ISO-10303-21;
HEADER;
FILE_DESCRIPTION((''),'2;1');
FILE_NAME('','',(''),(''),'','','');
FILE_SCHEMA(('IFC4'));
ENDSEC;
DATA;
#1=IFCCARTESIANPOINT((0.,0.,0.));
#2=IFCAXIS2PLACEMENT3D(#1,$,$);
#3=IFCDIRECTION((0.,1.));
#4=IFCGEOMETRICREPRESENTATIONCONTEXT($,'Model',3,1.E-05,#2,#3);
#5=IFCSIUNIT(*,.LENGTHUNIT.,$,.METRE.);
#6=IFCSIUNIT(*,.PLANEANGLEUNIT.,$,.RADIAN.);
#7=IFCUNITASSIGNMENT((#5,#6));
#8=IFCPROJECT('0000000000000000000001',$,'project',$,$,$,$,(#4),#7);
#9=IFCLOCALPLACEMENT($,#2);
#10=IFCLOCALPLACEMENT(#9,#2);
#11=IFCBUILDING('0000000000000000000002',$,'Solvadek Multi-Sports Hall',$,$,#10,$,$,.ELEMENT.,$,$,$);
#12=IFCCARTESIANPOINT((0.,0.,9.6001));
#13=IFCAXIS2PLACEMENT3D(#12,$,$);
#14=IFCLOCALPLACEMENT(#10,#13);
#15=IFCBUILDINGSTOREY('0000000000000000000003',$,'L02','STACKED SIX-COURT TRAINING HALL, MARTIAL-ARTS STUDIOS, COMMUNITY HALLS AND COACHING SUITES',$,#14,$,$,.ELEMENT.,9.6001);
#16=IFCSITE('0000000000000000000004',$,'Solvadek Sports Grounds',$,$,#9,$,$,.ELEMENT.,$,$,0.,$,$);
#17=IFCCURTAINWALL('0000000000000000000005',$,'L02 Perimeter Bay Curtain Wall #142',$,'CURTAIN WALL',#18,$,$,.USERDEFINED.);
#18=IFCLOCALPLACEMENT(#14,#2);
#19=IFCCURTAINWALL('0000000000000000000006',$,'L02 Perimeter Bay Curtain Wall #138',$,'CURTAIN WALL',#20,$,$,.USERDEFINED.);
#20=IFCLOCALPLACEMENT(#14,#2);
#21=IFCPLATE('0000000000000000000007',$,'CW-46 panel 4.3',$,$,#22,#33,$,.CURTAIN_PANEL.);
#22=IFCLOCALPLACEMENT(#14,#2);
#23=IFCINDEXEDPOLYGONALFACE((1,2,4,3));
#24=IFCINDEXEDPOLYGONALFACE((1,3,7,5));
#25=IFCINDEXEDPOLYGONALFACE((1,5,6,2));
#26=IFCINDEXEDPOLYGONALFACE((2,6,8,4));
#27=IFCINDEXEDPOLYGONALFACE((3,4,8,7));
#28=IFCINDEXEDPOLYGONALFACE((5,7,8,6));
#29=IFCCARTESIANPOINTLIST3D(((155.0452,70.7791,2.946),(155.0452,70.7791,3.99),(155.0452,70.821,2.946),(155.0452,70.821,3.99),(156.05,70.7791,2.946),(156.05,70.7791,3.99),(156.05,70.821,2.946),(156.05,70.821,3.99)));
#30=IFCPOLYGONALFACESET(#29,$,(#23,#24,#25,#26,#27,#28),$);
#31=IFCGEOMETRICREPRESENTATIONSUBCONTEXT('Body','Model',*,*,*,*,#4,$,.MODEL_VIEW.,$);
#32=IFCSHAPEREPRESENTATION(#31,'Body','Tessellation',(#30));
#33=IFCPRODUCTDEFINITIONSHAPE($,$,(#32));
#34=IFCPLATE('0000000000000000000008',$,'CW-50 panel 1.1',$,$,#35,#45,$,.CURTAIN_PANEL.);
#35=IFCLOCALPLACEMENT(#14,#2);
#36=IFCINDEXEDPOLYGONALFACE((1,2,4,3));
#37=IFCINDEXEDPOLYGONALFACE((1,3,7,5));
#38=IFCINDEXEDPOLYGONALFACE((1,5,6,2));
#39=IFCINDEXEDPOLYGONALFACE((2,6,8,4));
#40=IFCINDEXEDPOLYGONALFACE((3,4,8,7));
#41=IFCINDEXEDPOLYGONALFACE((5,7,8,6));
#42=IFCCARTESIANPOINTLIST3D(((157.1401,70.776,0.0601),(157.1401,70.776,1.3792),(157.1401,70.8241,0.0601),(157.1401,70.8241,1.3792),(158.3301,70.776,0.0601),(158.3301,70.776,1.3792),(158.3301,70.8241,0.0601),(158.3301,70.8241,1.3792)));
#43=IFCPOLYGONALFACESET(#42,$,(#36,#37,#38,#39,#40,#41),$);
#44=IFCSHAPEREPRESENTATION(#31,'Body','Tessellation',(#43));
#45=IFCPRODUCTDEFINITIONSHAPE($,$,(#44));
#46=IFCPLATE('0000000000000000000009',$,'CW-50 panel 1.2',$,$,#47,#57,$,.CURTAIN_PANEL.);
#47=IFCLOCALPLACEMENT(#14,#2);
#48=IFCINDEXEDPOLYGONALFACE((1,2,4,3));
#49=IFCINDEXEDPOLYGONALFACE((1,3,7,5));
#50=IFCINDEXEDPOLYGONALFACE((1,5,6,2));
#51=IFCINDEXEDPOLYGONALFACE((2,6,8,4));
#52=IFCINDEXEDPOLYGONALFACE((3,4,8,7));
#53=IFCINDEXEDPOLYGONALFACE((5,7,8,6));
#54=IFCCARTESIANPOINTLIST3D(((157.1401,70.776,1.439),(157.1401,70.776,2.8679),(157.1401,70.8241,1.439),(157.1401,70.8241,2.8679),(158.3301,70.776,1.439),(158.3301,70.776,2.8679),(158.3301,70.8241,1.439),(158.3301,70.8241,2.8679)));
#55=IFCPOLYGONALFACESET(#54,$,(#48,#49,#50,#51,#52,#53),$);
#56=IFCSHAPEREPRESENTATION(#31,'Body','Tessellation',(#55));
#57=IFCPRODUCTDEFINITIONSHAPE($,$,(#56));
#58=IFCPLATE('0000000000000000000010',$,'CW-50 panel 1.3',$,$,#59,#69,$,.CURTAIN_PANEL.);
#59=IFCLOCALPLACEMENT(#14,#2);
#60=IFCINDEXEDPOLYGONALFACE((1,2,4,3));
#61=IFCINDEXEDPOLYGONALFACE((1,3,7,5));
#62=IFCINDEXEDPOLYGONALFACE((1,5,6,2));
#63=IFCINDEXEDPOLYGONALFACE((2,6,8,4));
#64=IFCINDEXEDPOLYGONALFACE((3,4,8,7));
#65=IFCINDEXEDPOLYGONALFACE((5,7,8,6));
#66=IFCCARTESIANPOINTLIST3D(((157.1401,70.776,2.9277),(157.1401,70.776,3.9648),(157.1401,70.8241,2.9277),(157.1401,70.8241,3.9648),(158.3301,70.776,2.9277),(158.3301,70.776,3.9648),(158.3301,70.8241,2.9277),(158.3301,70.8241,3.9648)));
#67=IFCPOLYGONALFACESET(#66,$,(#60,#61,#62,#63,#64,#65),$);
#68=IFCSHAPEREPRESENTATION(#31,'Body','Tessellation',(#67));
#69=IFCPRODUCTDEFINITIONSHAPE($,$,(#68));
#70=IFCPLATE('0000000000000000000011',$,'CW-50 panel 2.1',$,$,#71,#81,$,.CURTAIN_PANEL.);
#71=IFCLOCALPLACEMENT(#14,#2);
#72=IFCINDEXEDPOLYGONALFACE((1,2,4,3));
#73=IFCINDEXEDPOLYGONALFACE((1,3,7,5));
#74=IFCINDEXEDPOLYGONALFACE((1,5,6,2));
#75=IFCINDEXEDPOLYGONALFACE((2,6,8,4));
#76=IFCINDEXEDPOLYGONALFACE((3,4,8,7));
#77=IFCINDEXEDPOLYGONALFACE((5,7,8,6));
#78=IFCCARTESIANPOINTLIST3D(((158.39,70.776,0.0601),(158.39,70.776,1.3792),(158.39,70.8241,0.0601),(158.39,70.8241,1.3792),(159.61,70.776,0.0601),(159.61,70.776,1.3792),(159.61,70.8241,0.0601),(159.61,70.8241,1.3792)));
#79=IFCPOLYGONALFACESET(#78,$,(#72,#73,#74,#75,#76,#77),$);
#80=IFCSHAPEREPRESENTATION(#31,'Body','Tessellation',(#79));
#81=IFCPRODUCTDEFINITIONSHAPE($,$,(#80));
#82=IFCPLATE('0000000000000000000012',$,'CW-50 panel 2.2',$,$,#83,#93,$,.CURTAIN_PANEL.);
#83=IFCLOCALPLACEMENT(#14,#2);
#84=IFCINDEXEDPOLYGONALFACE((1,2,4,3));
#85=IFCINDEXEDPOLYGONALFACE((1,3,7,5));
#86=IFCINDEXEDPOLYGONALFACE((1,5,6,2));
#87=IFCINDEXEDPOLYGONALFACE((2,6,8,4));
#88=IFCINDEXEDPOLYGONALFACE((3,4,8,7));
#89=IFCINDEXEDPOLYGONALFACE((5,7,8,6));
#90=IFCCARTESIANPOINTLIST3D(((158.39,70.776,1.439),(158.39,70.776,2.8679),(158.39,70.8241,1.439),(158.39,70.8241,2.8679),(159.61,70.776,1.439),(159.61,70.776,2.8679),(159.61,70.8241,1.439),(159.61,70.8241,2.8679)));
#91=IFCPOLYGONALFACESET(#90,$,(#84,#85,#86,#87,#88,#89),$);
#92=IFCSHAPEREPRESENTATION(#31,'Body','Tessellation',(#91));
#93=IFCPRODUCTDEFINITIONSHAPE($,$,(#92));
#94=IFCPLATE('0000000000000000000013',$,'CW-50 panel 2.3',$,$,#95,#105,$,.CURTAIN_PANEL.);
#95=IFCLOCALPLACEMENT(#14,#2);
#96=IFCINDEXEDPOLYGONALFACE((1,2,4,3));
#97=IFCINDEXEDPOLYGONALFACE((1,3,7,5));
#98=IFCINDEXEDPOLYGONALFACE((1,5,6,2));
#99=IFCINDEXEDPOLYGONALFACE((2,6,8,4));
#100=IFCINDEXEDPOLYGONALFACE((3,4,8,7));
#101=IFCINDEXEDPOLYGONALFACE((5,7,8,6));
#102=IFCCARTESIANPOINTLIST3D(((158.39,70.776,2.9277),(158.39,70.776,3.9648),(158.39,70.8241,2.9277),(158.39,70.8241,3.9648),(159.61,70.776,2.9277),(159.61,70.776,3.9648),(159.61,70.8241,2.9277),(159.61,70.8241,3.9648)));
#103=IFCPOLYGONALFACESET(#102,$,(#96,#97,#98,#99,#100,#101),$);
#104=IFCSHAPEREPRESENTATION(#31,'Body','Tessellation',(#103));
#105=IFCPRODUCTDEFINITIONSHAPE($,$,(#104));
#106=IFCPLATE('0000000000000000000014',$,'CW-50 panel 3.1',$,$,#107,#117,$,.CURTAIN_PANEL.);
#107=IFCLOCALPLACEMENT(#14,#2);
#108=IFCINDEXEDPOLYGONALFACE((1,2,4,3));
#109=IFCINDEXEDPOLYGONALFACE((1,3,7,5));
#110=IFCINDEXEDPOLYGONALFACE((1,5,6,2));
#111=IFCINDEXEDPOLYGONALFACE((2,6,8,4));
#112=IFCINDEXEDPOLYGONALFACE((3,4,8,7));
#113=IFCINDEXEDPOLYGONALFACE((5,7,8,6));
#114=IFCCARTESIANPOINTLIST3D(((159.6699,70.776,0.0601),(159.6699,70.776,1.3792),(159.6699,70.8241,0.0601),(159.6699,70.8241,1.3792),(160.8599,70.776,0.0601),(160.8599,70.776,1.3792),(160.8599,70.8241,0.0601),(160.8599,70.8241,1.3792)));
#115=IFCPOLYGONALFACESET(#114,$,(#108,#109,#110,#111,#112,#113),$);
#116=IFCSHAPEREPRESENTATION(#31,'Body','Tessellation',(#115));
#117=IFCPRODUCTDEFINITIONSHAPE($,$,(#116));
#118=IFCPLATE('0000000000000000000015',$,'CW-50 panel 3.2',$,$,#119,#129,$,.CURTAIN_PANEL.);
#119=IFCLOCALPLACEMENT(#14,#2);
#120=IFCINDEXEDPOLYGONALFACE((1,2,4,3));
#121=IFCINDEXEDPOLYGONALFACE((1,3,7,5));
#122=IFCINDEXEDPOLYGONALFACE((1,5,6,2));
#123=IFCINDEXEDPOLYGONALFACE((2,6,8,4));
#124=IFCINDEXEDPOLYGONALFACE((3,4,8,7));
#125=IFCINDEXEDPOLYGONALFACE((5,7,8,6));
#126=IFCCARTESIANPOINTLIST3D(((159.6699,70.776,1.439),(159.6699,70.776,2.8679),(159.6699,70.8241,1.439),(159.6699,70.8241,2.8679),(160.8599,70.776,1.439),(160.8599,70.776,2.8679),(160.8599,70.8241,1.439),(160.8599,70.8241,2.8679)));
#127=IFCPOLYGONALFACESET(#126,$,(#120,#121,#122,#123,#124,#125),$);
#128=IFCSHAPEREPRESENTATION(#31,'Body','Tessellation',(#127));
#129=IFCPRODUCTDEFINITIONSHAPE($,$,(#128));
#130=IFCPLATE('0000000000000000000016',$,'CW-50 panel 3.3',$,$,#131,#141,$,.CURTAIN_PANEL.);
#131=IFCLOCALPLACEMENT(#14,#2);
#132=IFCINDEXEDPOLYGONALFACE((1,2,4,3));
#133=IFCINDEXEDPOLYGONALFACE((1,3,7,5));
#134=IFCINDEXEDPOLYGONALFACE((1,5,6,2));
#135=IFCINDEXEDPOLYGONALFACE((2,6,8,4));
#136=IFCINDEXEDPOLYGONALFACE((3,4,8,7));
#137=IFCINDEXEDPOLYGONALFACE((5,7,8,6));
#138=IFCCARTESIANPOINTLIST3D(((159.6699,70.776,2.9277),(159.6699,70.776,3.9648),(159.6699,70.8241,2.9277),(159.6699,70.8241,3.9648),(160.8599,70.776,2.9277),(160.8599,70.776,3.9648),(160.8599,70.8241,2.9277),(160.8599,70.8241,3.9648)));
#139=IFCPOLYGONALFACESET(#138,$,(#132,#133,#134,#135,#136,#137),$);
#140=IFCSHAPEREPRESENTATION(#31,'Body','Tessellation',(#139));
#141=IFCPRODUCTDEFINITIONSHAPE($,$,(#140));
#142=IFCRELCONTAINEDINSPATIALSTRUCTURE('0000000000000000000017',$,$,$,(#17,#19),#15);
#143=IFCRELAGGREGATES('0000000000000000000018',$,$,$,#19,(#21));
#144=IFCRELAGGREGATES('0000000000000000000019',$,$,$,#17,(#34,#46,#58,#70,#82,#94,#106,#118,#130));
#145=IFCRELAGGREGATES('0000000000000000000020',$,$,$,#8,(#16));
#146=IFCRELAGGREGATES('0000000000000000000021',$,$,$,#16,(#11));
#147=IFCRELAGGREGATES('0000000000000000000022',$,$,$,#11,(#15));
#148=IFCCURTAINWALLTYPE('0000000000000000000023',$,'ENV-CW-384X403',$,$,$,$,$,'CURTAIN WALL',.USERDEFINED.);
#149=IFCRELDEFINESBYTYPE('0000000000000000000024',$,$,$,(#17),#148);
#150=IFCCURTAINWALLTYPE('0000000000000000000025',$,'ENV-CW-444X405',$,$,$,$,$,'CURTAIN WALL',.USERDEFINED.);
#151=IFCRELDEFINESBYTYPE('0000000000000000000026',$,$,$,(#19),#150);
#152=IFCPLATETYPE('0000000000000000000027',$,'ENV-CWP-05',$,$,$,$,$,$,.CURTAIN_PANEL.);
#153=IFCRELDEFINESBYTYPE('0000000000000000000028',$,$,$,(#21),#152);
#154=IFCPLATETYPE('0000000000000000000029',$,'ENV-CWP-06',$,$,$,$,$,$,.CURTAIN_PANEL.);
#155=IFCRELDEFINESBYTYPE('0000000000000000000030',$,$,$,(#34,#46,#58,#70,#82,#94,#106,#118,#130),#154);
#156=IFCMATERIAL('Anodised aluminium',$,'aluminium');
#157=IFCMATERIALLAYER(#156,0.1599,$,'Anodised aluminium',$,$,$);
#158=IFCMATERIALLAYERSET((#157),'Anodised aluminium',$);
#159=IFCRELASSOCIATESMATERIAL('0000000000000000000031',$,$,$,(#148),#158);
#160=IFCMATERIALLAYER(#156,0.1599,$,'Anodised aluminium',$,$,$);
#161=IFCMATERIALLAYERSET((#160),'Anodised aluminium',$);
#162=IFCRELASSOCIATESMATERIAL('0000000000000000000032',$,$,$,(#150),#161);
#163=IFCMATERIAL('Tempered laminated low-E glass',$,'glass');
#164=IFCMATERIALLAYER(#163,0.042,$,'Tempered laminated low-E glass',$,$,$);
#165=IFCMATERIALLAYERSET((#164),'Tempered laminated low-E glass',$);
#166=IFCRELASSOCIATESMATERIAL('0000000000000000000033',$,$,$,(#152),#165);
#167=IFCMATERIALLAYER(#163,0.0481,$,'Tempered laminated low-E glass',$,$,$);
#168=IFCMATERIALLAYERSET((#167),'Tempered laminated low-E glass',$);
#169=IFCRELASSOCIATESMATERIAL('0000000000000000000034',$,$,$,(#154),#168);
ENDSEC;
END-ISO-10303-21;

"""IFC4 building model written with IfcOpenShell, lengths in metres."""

from ifc_helpers import new_model, si_unit, direction, frame, origin, origin_2d, place, context, subcontext, project, spatial, rectangle, extrude, material, layer, layer_set, type_object, element, aggregate, save


model = new_model("IFC4")

# Units and contexts
model_context = context("Model", 3, precision=1e-05, world=origin(), true_north=direction((0.0, 1.0)))
body_context = subcontext(model_context, "Body", "Model", "MODEL_VIEW")
ifc_project = project(units=[si_unit("LENGTHUNIT", "METRE"), si_unit("PLANEANGLEUNIT", "RADIAN")], contexts=[model_context])

# Site, building, storey
site_placement = place(None, origin())
site = spatial("IfcSite", under=ifc_project, at=site_placement, Name="Solvadek Sports Grounds", CompositionType="ELEMENT", RefElevation=0.0)
building_placement = place(site_placement, origin())
building = spatial("IfcBuilding", under=site, at=building_placement, Name="Solvadek Multi-Sports Hall", CompositionType="ELEMENT")
storey_placement = place(building_placement, frame((0.0, 0.0, 9.6001)))
storey = spatial("IfcBuildingStorey", under=building, at=storey_placement, Name="L02", Description="STACKED SIX-COURT TRAINING HALL, MARTIAL-ARTS STUDIOS, COMMUNITY HALLS AND COACHING SUITES", CompositionType="ELEMENT", Elevation=9.6001)

# Curtain wall
ifc_material_1 = material(Name="Anodised aluminium", Category="aluminium")
ifc_layer_1 = layer(ifc_material_1, 0.1599, Name="Anodised aluminium")
ifc_layer_set_1 = layer_set([ifc_layer_1], Name="Anodised aluminium")
curtain_wall_type_1 = type_object("IfcCurtainWallType", Name="ENV-CW-384X403", ElementType="CURTAIN WALL", PredefinedType="USERDEFINED", material=ifc_layer_set_1)
curtain_wall_1_placement = place(storey_placement, origin())
curtain_wall_1 = element("IfcCurtainWall", 1, at=curtain_wall_1_placement, inside=storey, type_object=curtain_wall_type_1, Name="L02 Perimeter Bay Curtain Wall #142", ObjectType="CURTAIN WALL", PredefinedType="USERDEFINED")

# Curtain wall
ifc_layer_2 = layer(ifc_material_1, 0.1599, Name="Anodised aluminium")
ifc_layer_set_2 = layer_set([ifc_layer_2], Name="Anodised aluminium")
curtain_wall_type_2 = type_object("IfcCurtainWallType", Name="ENV-CW-444X405", ElementType="CURTAIN WALL", PredefinedType="USERDEFINED", material=ifc_layer_set_2)
curtain_wall_2_placement = place(storey_placement, origin())
curtain_wall_2 = element("IfcCurtainWall", 2, at=curtain_wall_2_placement, inside=storey, type_object=curtain_wall_type_2, Name="L02 Perimeter Bay Curtain Wall #138", ObjectType="CURTAIN WALL", PredefinedType="USERDEFINED")

# Plates
ifc_material_2 = material(Name="Tempered laminated low-E glass", Category="glass")
ifc_layer_3 = layer(ifc_material_2, 0.042, Name="Tempered laminated low-E glass")
ifc_layer_set_3 = layer_set([ifc_layer_3], Name="Tempered laminated low-E glass")
plate_type_1 = type_object("IfcPlateType", Name="ENV-CWP-05", PredefinedType="CURTAIN_PANEL", material=ifc_layer_set_3)
plate_1_placement = place(storey_placement, frame((155.5476, 70.8, 2.946), z_axis=(0.0, 0.0, 1.0), x_axis=(1.0, 0.0, 0.0)))
plate_1 = element("IfcPlate", 3, at=plate_1_placement, type_object=plate_type_1, Name="CW-46 panel 4.3", PredefinedType="CURTAIN_PANEL", context=body_context, shape_type="SweptSolid", body=[
    extrude(rectangle(XDim=1.0049, YDim=0.042, at=origin_2d()), origin(), (0.0, 0.0, 1.0), 1.0439),
])
aggregate(curtain_wall_2, [plate_1])
ifc_layer_4 = layer(ifc_material_2, 0.0481, Name="Tempered laminated low-E glass")
ifc_layer_set_4 = layer_set([ifc_layer_4], Name="Tempered laminated low-E glass")
plate_type_2 = type_object("IfcPlateType", Name="ENV-CWP-06", PredefinedType="CURTAIN_PANEL", material=ifc_layer_set_4)
plate_2_placement = place(storey_placement, frame((157.7351, 70.8, 0.0601), z_axis=(0.0, 0.0, 1.0), x_axis=(1.0, 0.0, 0.0)))
plate_2 = element("IfcPlate", 4, at=plate_2_placement, type_object=plate_type_2, Name="CW-50 panel 1.1", PredefinedType="CURTAIN_PANEL", context=body_context, shape_type="SweptSolid", body=[
    extrude(rectangle(XDim=1.1899, YDim=0.0481, at=origin_2d()), origin(), (0.0, 0.0, 1.0), 1.3191),
])
plate_3_placement = place(storey_placement, frame((157.7351, 70.8, 1.439), z_axis=(0.0, 0.0, 1.0), x_axis=(1.0, 0.0, 0.0)))
plate_3 = element("IfcPlate", 5, at=plate_3_placement, type_object=plate_type_2, Name="CW-50 panel 1.2", PredefinedType="CURTAIN_PANEL", context=body_context, shape_type="SweptSolid", body=[
    extrude(rectangle(XDim=1.1899, YDim=0.0481, at=origin_2d()), origin(), (0.0, 0.0, 1.0), 1.429),
])
plate_4_placement = place(storey_placement, frame((157.7351, 70.8, 2.9277), z_axis=(0.0, 0.0, 1.0), x_axis=(1.0, 0.0, 0.0)))
plate_4 = element("IfcPlate", 6, at=plate_4_placement, type_object=plate_type_2, Name="CW-50 panel 1.3", PredefinedType="CURTAIN_PANEL", context=body_context, shape_type="SweptSolid", body=[
    extrude(rectangle(XDim=1.1899, YDim=0.0481, at=origin_2d()), origin(), (0.0, 0.0, 1.0), 1.0371),
])
plate_5_placement = place(storey_placement, frame((159.0, 70.8, 0.0601), z_axis=(0.0, 0.0, 1.0), x_axis=(1.0, 0.0, 0.0)))
plate_5 = element("IfcPlate", 7, at=plate_5_placement, type_object=plate_type_2, Name="CW-50 panel 2.1", PredefinedType="CURTAIN_PANEL", context=body_context, shape_type="SweptSolid", body=[
    extrude(rectangle(XDim=1.22, YDim=0.0481, at=origin_2d()), origin(), (0.0, 0.0, 1.0), 1.3191),
])
plate_6_placement = place(storey_placement, frame((159.0, 70.8, 1.439), z_axis=(0.0, 0.0, 1.0), x_axis=(1.0, 0.0, 0.0)))
plate_6 = element("IfcPlate", 8, at=plate_6_placement, type_object=plate_type_2, Name="CW-50 panel 2.2", PredefinedType="CURTAIN_PANEL", context=body_context, shape_type="SweptSolid", body=[
    extrude(rectangle(XDim=1.22, YDim=0.0481, at=origin_2d()), origin(), (0.0, 0.0, 1.0), 1.429),
])
plate_7_placement = place(storey_placement, frame((159.0, 70.8, 2.9277), z_axis=(0.0, 0.0, 1.0), x_axis=(1.0, 0.0, 0.0)))
plate_7 = element("IfcPlate", 9, at=plate_7_placement, type_object=plate_type_2, Name="CW-50 panel 2.3", PredefinedType="CURTAIN_PANEL", context=body_context, shape_type="SweptSolid", body=[
    extrude(rectangle(XDim=1.22, YDim=0.0481, at=origin_2d()), origin(), (0.0, 0.0, 1.0), 1.0371),
])
plate_8_placement = place(storey_placement, frame((160.2649, 70.8, 0.0601), z_axis=(0.0, 0.0, 1.0), x_axis=(1.0, 0.0, 0.0)))
plate_8 = element("IfcPlate", 10, at=plate_8_placement, type_object=plate_type_2, Name="CW-50 panel 3.1", PredefinedType="CURTAIN_PANEL", context=body_context, shape_type="SweptSolid", body=[
    extrude(rectangle(XDim=1.1899, YDim=0.0481, at=origin_2d()), origin(), (0.0, 0.0, 1.0), 1.3191),
])
plate_9_placement = place(storey_placement, frame((160.2649, 70.8, 1.439), z_axis=(0.0, 0.0, 1.0), x_axis=(1.0, 0.0, 0.0)))
plate_9 = element("IfcPlate", 11, at=plate_9_placement, type_object=plate_type_2, Name="CW-50 panel 3.2", PredefinedType="CURTAIN_PANEL", context=body_context, shape_type="SweptSolid", body=[
    extrude(rectangle(XDim=1.1899, YDim=0.0481, at=origin_2d()), origin(), (0.0, 0.0, 1.0), 1.429),
])
plate_10_placement = place(storey_placement, frame((160.2649, 70.8, 2.9277), z_axis=(0.0, 0.0, 1.0), x_axis=(1.0, 0.0, 0.0)))
plate_10 = element("IfcPlate", 12, at=plate_10_placement, type_object=plate_type_2, Name="CW-50 panel 3.3", PredefinedType="CURTAIN_PANEL", context=body_context, shape_type="SweptSolid", body=[
    extrude(rectangle(XDim=1.1899, YDim=0.0481, at=origin_2d()), origin(), (0.0, 0.0, 1.0), 1.0371),
])
aggregate(curtain_wall_1, [plate_2, plate_3, plate_4, plate_5, plate_6, plate_7, plate_8, plate_9, plate_10])

save(model, "model.ifc")
